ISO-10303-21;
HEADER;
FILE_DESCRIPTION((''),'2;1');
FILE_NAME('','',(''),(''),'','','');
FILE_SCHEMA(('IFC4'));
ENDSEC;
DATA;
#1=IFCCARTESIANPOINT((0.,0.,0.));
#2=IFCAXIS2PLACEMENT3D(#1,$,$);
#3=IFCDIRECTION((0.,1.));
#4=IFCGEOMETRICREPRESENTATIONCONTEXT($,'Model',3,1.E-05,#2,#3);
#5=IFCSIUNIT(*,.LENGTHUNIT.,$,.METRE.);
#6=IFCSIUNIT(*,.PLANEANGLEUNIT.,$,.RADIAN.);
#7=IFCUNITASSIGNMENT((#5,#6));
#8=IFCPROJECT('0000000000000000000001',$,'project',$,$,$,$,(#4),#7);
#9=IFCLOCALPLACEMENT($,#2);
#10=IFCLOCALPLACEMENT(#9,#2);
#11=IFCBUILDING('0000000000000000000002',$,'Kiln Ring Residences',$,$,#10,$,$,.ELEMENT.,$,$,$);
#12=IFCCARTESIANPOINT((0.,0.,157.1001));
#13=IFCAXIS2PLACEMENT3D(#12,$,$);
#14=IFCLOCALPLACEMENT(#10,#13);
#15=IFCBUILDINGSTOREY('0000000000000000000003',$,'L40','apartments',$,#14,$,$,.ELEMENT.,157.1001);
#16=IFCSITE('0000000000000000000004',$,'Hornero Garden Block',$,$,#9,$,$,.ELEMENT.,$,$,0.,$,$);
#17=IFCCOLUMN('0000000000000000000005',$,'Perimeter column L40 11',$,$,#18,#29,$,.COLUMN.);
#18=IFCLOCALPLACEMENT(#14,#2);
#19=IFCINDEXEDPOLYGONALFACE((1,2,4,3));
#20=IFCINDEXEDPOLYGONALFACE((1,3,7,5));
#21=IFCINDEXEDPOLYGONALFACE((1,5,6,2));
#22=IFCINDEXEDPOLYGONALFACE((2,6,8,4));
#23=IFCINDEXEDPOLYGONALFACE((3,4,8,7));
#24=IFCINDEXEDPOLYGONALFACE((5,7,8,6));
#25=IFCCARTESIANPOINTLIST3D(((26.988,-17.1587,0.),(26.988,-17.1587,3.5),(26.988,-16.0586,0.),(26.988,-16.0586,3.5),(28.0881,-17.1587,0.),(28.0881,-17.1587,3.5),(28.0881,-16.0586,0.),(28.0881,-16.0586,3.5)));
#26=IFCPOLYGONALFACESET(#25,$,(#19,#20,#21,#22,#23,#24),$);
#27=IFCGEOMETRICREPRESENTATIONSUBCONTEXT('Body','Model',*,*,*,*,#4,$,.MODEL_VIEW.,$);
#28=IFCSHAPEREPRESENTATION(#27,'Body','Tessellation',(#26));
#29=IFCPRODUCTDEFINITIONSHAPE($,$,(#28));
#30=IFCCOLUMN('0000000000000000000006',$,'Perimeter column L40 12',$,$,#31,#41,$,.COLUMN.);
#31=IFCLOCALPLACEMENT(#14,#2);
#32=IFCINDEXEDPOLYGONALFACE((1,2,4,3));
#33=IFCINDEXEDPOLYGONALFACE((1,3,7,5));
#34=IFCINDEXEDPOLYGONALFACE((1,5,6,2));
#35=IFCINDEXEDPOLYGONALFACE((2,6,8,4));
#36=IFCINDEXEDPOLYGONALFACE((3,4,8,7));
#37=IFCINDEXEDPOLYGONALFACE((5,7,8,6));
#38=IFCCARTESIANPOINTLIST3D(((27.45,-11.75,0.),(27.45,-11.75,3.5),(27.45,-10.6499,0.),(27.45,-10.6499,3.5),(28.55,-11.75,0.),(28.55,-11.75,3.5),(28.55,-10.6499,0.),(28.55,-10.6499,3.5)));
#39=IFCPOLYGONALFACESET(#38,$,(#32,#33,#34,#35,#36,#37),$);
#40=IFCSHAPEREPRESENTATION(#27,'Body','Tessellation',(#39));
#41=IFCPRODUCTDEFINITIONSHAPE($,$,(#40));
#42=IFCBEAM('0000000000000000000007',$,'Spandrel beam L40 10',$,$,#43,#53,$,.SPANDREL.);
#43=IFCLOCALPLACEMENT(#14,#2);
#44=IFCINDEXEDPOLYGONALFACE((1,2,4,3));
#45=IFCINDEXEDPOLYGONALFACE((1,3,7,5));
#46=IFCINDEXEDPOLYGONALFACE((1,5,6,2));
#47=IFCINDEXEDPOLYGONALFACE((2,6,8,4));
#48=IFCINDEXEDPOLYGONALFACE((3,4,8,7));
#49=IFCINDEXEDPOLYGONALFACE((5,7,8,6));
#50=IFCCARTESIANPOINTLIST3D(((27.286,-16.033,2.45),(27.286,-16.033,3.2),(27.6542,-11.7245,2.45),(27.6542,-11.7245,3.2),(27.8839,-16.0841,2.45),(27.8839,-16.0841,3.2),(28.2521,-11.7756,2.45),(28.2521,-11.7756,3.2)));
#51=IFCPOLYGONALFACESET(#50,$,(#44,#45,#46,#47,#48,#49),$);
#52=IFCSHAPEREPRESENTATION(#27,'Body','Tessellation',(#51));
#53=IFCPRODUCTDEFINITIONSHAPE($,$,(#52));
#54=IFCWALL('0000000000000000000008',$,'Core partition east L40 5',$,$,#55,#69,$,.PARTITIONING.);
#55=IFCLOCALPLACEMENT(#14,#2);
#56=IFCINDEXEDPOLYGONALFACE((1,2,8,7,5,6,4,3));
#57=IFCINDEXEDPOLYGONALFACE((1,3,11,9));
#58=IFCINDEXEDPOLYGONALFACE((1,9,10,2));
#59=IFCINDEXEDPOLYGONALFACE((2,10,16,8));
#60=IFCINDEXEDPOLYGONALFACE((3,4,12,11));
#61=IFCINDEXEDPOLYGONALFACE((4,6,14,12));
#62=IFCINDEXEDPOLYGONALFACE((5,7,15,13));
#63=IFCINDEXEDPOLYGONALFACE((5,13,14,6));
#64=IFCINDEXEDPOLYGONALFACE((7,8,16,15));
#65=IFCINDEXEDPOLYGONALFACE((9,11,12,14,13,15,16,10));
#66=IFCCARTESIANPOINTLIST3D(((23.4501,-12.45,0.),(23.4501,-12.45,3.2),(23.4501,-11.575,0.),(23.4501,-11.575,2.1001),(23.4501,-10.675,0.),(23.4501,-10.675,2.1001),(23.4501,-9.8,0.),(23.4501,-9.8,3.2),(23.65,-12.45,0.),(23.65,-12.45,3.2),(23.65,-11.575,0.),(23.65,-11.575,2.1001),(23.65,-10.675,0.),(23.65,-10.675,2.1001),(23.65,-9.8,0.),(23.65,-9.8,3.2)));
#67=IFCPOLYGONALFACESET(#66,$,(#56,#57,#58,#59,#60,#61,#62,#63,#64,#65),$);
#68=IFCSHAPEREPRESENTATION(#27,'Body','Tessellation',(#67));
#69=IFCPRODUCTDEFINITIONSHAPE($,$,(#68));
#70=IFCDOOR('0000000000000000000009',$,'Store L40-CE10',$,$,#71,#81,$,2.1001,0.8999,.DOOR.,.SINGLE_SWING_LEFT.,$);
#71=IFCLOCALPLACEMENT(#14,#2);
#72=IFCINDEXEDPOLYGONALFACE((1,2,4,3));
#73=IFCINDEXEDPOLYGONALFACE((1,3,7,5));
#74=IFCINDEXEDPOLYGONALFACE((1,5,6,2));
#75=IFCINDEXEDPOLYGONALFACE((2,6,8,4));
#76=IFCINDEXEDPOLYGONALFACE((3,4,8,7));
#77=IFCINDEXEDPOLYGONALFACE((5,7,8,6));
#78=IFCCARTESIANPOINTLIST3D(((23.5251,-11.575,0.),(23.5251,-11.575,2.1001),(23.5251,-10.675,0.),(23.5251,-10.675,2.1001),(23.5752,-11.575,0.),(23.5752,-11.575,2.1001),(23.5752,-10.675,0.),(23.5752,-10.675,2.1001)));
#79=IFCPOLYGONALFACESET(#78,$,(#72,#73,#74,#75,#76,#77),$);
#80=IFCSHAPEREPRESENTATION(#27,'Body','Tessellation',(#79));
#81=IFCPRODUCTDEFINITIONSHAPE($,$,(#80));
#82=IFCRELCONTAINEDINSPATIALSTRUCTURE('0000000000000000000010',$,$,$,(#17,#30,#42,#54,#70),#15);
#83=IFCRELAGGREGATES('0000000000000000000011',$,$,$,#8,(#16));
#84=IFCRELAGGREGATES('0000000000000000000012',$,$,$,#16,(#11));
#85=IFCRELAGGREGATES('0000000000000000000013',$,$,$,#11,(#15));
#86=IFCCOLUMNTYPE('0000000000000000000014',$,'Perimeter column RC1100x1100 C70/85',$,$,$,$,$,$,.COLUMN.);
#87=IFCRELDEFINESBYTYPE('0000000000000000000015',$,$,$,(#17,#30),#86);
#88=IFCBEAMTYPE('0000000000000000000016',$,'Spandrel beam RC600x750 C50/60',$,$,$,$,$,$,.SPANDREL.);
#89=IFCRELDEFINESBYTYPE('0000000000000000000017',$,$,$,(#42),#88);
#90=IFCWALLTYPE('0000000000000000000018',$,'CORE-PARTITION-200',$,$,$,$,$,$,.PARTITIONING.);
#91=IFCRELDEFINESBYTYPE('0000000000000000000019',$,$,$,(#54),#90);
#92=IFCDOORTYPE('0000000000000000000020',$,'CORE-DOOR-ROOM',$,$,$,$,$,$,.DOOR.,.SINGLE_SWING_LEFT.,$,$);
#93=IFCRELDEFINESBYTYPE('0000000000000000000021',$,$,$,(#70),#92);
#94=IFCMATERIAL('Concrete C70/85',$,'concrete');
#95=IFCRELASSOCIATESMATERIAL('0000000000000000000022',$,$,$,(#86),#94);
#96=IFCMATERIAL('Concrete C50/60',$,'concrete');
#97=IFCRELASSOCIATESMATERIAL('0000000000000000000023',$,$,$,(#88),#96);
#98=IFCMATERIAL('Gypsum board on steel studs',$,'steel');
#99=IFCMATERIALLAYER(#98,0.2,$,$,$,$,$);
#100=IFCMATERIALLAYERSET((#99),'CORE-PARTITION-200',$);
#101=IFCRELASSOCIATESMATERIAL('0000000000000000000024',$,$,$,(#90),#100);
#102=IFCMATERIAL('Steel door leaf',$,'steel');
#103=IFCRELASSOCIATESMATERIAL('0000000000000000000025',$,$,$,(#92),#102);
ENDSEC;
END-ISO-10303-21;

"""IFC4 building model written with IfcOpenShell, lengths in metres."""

from ifc_helpers import new_model, si_unit, direction, frame, frame_2d, origin, origin_2d, place, context, subcontext, project, spatial, rectangle, extrude, material, layer, layer_set, material_profile, profile_set, type_object, element, fill, save


model = new_model("IFC4")

# Units and contexts
model_context = context("Model", 3, precision=1e-05, world=origin(), true_north=direction((0.0, 1.0)))
body_context = subcontext(model_context, "Body", "Model", "MODEL_VIEW")
ifc_project = project(units=[si_unit("LENGTHUNIT", "METRE"), si_unit("PLANEANGLEUNIT", "RADIAN")], contexts=[model_context])

# Site, building, storey
site_placement = place(None, origin())
site = spatial("IfcSite", under=ifc_project, at=site_placement, Name="Hornero Garden Block", CompositionType="ELEMENT", RefElevation=0.0)
building_placement = place(site_placement, origin())
building = spatial("IfcBuilding", under=site, at=building_placement, Name="Kiln Ring Residences", CompositionType="ELEMENT")
storey_placement = place(building_placement, frame((0.0, 0.0, 157.1001)))
storey = spatial("IfcBuildingStorey", under=building, at=storey_placement, Name="L40", Description="apartments", CompositionType="ELEMENT", Elevation=157.1001)

# Columns
ifc_material_1 = material(Name="Concrete C70/85", Category="concrete")
ifc_material_profile_1 = material_profile(ifc_material_1, rectangle(XDim=1.1001, YDim=1.1001, at=origin_2d()), Name="RC1100x1100")
ifc_profile_set_1 = profile_set([ifc_material_profile_1], Name="Concrete C70/85")
column_type = type_object("IfcColumnType", Name="Perimeter column RC1100x1100 C70/85", PredefinedType="COLUMN", material=ifc_profile_set_1)
for number, where, z_axis, x_axis, name in (
    (1, (27.5381, -16.6086, 0.0), (0.0, 0.0, 1.0), (1.0, 0.0, 0.0), "Perimeter column L40 11"),
    (2, (28.0, -11.2, 0.0), (0.0, 0.0, 1.0), (1.0, 0.0, 0.0), "Perimeter column L40 12"),
):
    element("IfcColumn", number, at=place(storey_placement, frame(where, z_axis=z_axis, x_axis=x_axis)), inside=storey, type_object=column_type, Name=name, PredefinedType="COLUMN", context=body_context, shape_type="SweptSolid", body=[
        extrude(rectangle(XDim=1.1001, YDim=1.1001, at=origin_2d()), origin(), (0.0, 0.0, 1.0), 3.5),
    ])

# Beam
ifc_material_2 = material(Name="Concrete C50/60", Category="concrete")
ifc_material_profile_2 = material_profile(ifc_material_2, rectangle(XDim=0.6001, YDim=0.75, at=origin_2d()), Name="RC600x750")
ifc_profile_set_2 = profile_set([ifc_material_profile_2], Name="Concrete C50/60")
beam_type = type_object("IfcBeamType", Name="Spandrel beam RC600x750 C50/60", PredefinedType="SPANDREL", material=ifc_profile_set_2)
beam_placement = place(storey_placement, frame((27.585, -16.0586, 2.825), z_axis=(0.085139, 0.996369, 0.0), x_axis=(-0.996369, 0.085139, 0.0)))
element("IfcBeam", 3, at=beam_placement, inside=storey, type_object=beam_type, Name="Spandrel beam L40 10", PredefinedType="SPANDREL", context=body_context, shape_type="SweptSolid", body=[
    extrude(rectangle(XDim=0.6001, YDim=0.75, at=origin_2d()), origin(), (0.0, 0.0, 1.0), 4.3242),
])

# Wall, opening, door
ifc_material_3 = material(Name="Gypsum board on steel studs", Category="steel")
ifc_layer_1 = layer(ifc_material_3, 0.2)
ifc_layer_set_1 = layer_set([ifc_layer_1], Name="CORE-PARTITION-200")
wall_type_1 = type_object("IfcWallType", Name="CORE-PARTITION-200", PredefinedType="PARTITIONING", material=ifc_layer_set_1)
wall_1_placement = place(storey_placement, frame((23.55, -12.45, 0.0), z_axis=(0.0, 0.0, 1.0), x_axis=(0.0, 1.0, 0.0)))
wall_1 = element("IfcWall", 4, at=wall_1_placement, inside=storey, type_object=wall_type_1, Name="Core partition east L40 5", PredefinedType="PARTITIONING", context=body_context, shape_type="SweptSolid", body=[
    extrude(rectangle(XDim=2.6499, YDim=0.2, at=frame_2d((1.325, 0.0))), origin(), (0.0, 0.0, 1.0), 3.2),
])
opening_1_placement = place(wall_1_placement, frame((0.875, 0.0, 0.0)))
opening_1 = element("IfcOpeningElement", 5, at=opening_1_placement, cuts=wall_1, PredefinedType="OPENING", context=body_context, shape_type="SweptSolid", body=[
    extrude(rectangle(XDim=0.8999, YDim=2.1001, at=frame_2d((0.45, 1.05))), frame((0.0, 0.1099, 0.0), z_axis=(0.0, -1.0, 0.0), x_axis=(1.0, 0.0, 0.0)), (0.0, 0.0, 1.0), 0.22),
])
ifc_material_4 = material(Name="Steel door leaf", Category="steel")
door_type_1 = type_object("IfcDoorType", Name="CORE-DOOR-ROOM", OperationType="SINGLE_SWING_LEFT", PredefinedType="DOOR", material=ifc_material_4)
door_1_placement = place(opening_1_placement, origin())
door_1 = element("IfcDoor", 6, at=door_1_placement, inside=storey, type_object=door_type_1, Name="Store L40-CE10", OperationType="SINGLE_SWING_LEFT", OverallHeight=2.1001, OverallWidth=0.8999, PredefinedType="DOOR", context=body_context, shape_type="SweptSolid", body=[
    extrude(rectangle(XDim=0.8999, YDim=2.1001, at=frame_2d((0.45, 1.05))), frame((0.0, 0.0249, 0.0), z_axis=(0.0, -1.0, 0.0), x_axis=(1.0, 0.0, 0.0)), (0.0, 0.0, 1.0), 0.05),
])
fill(opening_1, door_1)

save(model, "model.ifc")
